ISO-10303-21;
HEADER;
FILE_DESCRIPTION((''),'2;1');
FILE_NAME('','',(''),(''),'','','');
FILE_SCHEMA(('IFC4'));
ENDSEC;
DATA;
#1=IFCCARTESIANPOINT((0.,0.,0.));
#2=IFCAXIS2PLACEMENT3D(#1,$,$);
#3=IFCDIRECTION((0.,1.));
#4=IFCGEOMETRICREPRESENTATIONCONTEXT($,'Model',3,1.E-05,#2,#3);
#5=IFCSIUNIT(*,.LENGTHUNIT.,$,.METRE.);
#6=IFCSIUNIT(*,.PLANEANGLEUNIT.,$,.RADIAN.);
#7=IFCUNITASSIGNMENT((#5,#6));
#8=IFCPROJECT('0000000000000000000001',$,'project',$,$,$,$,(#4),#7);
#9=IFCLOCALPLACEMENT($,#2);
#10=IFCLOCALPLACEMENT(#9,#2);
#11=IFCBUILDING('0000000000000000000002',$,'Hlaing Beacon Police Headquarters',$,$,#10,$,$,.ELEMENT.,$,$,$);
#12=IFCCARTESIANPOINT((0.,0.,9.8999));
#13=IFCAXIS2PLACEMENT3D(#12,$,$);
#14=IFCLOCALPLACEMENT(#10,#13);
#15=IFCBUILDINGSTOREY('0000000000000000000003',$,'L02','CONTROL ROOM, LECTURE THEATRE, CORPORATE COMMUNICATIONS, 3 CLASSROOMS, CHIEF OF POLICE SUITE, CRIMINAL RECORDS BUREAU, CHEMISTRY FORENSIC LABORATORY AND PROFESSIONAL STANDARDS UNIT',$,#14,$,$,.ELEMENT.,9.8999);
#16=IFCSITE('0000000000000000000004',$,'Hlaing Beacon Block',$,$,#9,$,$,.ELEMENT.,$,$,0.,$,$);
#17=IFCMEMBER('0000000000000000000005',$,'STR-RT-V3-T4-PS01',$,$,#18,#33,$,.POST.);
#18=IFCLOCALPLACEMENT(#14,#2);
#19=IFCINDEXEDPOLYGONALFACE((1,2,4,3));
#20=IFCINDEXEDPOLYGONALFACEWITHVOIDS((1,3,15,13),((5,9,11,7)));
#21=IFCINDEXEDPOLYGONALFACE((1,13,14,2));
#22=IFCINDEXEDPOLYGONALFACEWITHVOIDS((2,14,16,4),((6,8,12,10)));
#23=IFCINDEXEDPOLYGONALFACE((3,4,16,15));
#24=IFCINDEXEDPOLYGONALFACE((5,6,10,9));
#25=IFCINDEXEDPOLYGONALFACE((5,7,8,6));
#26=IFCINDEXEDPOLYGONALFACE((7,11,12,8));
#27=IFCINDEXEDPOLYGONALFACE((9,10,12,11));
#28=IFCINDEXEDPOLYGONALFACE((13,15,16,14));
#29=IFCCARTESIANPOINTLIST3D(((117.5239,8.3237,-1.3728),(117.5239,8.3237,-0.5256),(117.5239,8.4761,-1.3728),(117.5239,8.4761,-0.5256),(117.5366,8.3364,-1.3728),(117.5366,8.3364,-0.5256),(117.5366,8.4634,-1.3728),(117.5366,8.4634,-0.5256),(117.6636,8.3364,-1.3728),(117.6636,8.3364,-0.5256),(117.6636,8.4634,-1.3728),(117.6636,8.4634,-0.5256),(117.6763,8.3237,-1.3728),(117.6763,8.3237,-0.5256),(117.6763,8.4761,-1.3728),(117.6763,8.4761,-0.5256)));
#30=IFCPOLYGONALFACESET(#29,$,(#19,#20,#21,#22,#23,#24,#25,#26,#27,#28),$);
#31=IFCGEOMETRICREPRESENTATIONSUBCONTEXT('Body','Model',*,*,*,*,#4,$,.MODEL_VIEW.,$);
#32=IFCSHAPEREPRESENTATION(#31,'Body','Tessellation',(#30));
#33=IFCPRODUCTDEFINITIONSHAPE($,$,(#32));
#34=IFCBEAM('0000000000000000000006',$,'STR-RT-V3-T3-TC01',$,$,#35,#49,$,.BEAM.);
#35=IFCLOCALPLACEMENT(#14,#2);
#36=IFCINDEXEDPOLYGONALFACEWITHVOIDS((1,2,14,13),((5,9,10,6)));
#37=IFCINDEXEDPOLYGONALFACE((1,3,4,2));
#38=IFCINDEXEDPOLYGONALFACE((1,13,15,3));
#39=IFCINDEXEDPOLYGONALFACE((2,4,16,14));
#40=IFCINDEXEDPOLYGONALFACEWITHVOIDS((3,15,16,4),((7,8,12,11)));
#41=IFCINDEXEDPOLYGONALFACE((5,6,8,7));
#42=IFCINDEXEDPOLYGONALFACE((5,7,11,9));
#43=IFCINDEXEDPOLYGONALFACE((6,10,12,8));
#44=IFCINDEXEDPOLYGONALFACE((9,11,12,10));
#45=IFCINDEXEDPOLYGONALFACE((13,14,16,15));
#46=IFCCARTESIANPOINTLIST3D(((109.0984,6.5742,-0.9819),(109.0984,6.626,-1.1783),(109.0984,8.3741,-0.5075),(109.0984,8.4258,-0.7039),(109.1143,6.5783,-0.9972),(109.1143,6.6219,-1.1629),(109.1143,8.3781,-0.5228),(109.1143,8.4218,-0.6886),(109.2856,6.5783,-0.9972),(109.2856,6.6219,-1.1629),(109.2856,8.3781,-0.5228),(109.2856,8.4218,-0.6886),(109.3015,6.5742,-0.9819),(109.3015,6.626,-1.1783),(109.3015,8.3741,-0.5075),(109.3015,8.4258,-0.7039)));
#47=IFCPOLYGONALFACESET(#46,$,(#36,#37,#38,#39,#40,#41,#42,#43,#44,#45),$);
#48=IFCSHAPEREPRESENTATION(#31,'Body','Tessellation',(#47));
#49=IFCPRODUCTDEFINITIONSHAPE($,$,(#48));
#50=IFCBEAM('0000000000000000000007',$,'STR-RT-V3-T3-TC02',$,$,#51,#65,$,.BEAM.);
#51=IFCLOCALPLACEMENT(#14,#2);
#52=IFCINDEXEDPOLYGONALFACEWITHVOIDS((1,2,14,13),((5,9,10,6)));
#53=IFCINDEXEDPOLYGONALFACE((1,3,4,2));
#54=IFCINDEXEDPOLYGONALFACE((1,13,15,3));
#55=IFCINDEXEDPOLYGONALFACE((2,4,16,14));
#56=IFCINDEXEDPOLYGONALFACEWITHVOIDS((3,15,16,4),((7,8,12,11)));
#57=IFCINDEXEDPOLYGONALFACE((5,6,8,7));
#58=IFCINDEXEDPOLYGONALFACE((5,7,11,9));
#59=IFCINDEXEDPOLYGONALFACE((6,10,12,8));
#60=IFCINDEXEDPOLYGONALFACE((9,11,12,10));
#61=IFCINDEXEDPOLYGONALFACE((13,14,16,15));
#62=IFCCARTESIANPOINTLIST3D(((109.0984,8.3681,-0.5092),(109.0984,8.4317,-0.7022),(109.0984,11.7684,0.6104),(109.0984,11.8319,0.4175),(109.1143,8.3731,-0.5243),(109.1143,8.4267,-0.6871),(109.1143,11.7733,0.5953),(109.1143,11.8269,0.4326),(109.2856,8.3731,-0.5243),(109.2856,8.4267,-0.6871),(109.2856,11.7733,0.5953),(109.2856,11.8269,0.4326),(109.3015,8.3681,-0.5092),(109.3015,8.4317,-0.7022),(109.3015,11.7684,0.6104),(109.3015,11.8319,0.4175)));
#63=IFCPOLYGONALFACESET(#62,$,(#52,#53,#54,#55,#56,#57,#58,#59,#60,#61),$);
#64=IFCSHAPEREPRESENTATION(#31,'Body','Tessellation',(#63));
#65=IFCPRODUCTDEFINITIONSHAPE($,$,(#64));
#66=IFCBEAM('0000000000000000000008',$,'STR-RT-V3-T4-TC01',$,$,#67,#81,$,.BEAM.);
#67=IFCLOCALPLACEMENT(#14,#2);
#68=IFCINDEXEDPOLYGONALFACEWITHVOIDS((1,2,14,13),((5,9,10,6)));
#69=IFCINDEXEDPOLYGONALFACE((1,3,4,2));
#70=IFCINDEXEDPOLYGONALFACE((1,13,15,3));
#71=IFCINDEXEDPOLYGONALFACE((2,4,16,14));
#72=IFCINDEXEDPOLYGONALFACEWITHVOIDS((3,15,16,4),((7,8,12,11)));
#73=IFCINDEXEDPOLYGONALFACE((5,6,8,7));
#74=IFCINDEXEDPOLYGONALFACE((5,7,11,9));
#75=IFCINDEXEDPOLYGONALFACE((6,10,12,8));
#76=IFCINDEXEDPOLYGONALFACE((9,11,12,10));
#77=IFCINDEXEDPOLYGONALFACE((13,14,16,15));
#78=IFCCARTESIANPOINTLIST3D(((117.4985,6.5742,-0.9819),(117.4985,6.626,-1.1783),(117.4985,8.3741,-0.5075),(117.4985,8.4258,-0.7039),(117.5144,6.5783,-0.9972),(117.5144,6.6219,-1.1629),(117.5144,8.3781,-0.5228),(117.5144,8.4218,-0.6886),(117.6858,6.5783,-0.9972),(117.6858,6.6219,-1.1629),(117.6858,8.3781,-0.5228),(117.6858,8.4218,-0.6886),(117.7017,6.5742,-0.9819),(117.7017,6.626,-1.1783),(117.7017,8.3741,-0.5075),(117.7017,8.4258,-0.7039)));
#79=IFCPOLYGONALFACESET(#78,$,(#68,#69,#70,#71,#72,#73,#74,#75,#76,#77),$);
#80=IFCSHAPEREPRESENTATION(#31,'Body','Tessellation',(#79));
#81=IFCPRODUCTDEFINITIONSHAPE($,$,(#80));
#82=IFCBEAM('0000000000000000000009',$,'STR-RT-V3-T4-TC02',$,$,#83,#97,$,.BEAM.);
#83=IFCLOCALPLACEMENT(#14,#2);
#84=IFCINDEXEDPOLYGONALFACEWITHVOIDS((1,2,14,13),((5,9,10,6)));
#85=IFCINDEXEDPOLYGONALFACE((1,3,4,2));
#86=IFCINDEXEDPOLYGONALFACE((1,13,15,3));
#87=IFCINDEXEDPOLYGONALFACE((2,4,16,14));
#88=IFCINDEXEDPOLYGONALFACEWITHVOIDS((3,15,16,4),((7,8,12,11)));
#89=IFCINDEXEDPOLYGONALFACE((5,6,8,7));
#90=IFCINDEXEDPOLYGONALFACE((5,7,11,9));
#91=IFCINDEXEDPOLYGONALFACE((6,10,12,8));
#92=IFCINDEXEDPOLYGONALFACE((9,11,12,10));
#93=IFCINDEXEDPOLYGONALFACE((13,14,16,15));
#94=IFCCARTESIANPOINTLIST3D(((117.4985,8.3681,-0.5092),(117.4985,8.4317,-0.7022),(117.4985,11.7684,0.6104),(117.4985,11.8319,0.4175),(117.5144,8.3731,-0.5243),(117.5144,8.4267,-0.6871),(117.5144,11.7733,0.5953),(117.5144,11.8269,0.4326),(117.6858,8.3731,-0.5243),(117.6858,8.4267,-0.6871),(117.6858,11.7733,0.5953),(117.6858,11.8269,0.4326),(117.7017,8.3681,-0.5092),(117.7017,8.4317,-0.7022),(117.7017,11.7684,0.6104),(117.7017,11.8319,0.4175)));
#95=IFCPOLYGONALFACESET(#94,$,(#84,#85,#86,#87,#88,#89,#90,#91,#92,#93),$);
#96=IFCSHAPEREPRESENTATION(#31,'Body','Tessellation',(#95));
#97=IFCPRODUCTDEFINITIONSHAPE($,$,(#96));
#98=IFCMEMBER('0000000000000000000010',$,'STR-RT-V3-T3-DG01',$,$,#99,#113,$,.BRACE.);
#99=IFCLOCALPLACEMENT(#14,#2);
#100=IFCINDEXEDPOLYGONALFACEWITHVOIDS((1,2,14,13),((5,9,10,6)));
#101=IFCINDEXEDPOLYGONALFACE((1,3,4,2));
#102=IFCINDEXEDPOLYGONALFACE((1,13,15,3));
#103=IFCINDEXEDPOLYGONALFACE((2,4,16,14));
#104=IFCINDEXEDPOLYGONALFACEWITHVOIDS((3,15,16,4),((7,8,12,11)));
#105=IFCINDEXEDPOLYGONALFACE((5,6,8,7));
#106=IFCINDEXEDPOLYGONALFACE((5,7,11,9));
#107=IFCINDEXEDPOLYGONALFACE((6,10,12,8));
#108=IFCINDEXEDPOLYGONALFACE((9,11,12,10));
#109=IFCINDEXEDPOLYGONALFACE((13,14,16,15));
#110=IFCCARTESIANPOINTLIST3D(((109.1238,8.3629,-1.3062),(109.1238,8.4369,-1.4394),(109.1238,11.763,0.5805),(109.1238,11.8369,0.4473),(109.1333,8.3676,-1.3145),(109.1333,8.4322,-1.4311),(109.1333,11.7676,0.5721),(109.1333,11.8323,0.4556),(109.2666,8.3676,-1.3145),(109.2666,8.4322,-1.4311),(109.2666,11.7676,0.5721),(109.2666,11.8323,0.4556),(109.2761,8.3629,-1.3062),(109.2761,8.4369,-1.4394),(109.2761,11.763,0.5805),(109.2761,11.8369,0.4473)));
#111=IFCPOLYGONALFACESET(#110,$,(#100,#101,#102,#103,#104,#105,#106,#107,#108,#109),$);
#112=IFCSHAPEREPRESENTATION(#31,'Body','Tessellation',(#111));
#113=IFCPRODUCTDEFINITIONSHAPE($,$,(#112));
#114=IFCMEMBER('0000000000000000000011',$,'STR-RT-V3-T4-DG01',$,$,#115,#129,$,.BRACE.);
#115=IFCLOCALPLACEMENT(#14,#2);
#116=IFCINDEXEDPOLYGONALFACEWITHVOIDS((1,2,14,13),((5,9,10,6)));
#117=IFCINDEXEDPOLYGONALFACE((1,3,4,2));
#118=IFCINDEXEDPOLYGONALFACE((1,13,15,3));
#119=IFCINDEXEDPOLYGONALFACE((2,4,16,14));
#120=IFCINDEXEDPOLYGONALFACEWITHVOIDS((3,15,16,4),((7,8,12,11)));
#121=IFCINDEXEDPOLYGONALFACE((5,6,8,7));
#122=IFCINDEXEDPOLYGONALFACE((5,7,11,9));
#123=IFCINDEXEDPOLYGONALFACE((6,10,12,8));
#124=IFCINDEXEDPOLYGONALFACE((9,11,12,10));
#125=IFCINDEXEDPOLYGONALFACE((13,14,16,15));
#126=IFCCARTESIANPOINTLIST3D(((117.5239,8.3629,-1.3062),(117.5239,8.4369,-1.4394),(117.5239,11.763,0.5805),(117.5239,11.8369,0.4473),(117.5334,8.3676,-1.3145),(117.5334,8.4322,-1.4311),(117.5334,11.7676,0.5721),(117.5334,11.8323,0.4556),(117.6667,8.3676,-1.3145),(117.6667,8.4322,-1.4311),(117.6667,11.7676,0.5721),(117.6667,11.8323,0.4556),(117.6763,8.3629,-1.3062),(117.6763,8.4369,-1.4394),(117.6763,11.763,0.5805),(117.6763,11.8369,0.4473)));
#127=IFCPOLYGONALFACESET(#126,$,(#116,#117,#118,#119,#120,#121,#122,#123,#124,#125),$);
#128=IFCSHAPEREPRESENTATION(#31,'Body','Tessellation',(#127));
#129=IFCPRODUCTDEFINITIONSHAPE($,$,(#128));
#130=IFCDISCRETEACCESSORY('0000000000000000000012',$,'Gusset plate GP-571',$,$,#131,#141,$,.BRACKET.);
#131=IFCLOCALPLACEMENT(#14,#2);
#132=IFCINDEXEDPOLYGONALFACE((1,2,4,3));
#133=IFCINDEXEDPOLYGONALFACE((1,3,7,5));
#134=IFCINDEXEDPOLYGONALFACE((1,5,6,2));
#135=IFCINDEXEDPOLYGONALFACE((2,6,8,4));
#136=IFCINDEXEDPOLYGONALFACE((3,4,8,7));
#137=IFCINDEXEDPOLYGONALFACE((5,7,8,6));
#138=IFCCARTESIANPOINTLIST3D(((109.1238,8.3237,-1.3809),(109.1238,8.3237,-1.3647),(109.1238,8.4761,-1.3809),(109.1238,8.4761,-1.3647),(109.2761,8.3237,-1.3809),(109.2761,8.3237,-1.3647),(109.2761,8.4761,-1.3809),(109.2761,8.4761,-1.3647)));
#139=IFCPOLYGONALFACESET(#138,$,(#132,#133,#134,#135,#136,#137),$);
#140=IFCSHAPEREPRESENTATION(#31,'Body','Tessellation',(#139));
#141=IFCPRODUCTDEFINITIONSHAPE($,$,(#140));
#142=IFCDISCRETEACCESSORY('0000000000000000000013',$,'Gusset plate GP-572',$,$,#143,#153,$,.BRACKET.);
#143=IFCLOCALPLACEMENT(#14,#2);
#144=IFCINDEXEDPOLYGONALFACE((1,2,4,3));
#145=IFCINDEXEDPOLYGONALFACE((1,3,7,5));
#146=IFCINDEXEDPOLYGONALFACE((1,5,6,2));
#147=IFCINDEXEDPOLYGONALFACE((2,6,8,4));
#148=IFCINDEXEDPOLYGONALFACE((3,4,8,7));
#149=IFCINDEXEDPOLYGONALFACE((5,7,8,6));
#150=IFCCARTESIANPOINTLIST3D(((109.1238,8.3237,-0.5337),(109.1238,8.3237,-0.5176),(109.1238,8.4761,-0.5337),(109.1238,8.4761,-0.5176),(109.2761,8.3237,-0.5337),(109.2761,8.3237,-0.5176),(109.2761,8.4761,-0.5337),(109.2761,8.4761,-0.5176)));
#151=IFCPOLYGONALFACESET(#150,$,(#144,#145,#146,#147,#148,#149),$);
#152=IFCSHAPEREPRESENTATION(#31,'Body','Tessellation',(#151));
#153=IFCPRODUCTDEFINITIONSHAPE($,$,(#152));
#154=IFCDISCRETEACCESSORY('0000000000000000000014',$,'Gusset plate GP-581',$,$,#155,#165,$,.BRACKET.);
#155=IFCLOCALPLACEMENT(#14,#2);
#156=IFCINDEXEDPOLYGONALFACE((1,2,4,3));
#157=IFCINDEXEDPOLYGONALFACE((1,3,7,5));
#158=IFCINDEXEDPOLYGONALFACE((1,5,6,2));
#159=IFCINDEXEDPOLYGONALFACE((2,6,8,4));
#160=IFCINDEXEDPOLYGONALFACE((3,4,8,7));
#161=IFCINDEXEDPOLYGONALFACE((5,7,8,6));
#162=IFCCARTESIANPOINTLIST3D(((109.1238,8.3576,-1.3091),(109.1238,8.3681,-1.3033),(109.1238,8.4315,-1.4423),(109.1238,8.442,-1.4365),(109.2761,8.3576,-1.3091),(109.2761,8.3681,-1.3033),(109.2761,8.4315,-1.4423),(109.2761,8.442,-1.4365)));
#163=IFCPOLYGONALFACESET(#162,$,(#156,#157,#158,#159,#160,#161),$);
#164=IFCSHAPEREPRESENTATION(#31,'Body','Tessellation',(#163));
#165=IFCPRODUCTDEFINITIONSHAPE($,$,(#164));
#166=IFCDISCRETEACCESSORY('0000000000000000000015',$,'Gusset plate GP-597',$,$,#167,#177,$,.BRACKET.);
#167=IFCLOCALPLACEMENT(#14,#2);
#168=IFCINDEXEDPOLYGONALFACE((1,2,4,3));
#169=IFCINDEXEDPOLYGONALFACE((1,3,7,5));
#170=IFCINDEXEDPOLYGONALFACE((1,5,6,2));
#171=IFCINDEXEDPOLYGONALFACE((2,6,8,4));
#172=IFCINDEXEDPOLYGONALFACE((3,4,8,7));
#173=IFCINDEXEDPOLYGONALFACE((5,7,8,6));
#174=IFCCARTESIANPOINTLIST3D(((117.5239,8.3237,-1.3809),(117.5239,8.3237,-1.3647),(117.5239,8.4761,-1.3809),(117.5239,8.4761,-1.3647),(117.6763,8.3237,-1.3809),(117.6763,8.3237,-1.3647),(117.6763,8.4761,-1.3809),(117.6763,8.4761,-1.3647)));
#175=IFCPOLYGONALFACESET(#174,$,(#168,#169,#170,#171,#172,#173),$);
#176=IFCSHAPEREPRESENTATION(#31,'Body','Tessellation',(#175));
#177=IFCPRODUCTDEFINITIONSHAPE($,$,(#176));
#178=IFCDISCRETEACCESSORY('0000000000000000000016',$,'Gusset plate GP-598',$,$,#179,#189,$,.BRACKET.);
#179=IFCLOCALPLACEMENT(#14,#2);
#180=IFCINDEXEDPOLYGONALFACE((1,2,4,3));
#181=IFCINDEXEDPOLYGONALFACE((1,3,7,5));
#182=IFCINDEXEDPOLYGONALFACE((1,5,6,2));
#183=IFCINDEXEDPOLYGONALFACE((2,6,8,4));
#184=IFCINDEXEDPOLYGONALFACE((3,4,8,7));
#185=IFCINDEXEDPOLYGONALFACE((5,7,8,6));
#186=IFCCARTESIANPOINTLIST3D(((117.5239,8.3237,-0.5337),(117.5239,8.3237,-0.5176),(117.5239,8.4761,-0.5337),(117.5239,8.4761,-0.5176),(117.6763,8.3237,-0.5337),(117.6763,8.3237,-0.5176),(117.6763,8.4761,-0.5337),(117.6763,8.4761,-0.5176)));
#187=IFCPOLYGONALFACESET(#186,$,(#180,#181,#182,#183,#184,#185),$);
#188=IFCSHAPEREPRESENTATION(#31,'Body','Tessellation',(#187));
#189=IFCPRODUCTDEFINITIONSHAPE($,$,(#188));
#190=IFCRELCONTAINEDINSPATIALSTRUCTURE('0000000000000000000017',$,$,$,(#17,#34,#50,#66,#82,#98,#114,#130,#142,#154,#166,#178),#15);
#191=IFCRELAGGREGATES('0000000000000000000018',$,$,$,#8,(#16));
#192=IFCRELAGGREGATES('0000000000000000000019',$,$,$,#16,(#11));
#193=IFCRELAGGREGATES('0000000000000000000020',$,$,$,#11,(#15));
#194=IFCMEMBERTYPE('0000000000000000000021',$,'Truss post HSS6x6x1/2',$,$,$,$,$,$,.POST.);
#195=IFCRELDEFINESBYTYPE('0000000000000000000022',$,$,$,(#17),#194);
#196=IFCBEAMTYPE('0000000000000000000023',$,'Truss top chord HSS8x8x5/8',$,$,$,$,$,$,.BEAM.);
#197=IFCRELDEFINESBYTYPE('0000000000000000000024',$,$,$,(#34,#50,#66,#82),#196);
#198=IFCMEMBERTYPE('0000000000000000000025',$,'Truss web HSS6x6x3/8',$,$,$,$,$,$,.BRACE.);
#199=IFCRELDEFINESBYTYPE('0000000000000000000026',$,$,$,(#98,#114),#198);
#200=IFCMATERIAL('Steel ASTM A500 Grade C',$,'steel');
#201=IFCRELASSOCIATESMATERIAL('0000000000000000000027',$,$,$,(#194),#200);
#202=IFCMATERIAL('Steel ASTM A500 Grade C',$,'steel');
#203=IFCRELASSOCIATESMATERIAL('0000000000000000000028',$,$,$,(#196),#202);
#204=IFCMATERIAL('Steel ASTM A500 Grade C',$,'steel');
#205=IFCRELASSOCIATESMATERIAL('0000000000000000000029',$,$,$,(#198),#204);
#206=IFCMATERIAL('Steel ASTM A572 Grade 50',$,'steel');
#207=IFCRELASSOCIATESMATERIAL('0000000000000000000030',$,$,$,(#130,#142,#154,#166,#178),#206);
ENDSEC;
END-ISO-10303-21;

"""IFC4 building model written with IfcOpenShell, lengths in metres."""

from ifc_helpers import new_model, si_unit, direction, frame, origin, origin_2d, place, context, subcontext, project, spatial, rectangle, hollow_rectangle, extrude, material, material_profile, profile_set, type_object, element, save


model = new_model("IFC4")

# Units and contexts
model_context = context("Model", 3, precision=1e-05, world=origin(), true_north=direction((0.0, 1.0)))
body_context = subcontext(model_context, "Body", "Model", "MODEL_VIEW")
ifc_project = project(units=[si_unit("LENGTHUNIT", "METRE"), si_unit("PLANEANGLEUNIT", "RADIAN")], contexts=[model_context])

# Site, building, storey
site_placement = place(None, origin())
site = spatial("IfcSite", under=ifc_project, at=site_placement, Name="Hlaing Beacon Block", CompositionType="ELEMENT", RefElevation=0.0)
building_placement = place(site_placement, origin())
building = spatial("IfcBuilding", under=site, at=building_placement, Name="Hlaing Beacon Police Headquarters", CompositionType="ELEMENT")
storey_placement = place(building_placement, frame((0.0, 0.0, 9.8999)))
storey = spatial("IfcBuildingStorey", under=building, at=storey_placement, Name="L02", Description="CONTROL ROOM, LECTURE THEATRE, CORPORATE COMMUNICATIONS, 3 CLASSROOMS, CHIEF OF POLICE SUITE, CRIMINAL RECORDS BUREAU, CHEMISTRY FORENSIC LABORATORY AND PROFESSIONAL STANDARDS UNIT", CompositionType="ELEMENT", Elevation=9.8999)

# Member
ifc_material_1 = material(Name="Steel ASTM A500 Grade C", Category="steel")
ifc_material_profile_1 = material_profile(ifc_material_1, hollow_rectangle(XDim=0.1523, YDim=0.1523, WallThickness=0.0127, at=origin_2d()), Name="HSS6x6x1/2")
ifc_profile_set_1 = profile_set([ifc_material_profile_1], Name="Steel ASTM A500 Grade C")
member_type_1 = type_object("IfcMemberType", Name="Truss post HSS6x6x1/2", PredefinedType="POST", material=ifc_profile_set_1)
for number, where, z_axis, x_axis, name in (
    (1, (117.6001, 8.3999, -1.3728), (0.0, 0.0, 1.0), (1.0, 0.0, 0.0), "STR-RT-V3-T4-PS01"),
):
    element("IfcMember", number, at=place(storey_placement, frame(where, z_axis=z_axis, x_axis=x_axis)), inside=storey, type_object=member_type_1, Name=name, PredefinedType="POST", context=body_context, shape_type="SweptSolid", body=[
        extrude(hollow_rectangle(XDim=0.1523, YDim=0.1523, WallThickness=0.0127, at=origin_2d()), origin(), (0.0, 0.0, 1.0), 0.8472),
    ])

# Beams
ifc_material_2 = material(Name="Steel ASTM A500 Grade C", Category="steel")
ifc_material_profile_2 = material_profile(ifc_material_2, hollow_rectangle(XDim=0.2031, YDim=0.2031, WallThickness=0.0159, at=origin_2d()), Name="HSS8x8x5/8")
ifc_profile_set_2 = profile_set([ifc_material_profile_2], Name="Steel ASTM A500 Grade C")
beam_type_1 = type_object("IfcBeamType", Name="Truss top chord HSS8x8x5/8", PredefinedType="BEAM", material=ifc_profile_set_2)
beam_1_placement = place(storey_placement, frame((109.2, 6.6001, -1.0801), z_axis=(0.0, 0.966978, 0.254861), x_axis=(-1.0, 0.0, 0.0)))
element("IfcBeam", 2, at=beam_1_placement, inside=storey, type_object=beam_type_1, Name="STR-RT-V3-T3-TC01", PredefinedType="BEAM", context=body_context, shape_type="SweptSolid", body=[
    extrude(hollow_rectangle(XDim=0.2031, YDim=0.2031, WallThickness=0.0159, at=origin_2d()), origin(), (0.0, 0.0, 1.0), 1.8613),
])
beam_2_placement = place(storey_placement, frame((109.2, 8.3999, -0.6057), z_axis=(0.0, 0.94983, 0.312768), x_axis=(-1.0, 0.0, 0.0)))
element("IfcBeam", 3, at=beam_2_placement, inside=storey, type_object=beam_type_1, Name="STR-RT-V3-T3-TC02", PredefinedType="BEAM", context=body_context, shape_type="SweptSolid", body=[
    extrude(hollow_rectangle(XDim=0.2031, YDim=0.2031, WallThickness=0.0159, at=origin_2d()), origin(), (0.0, 0.0, 1.0), 3.5798),
])
beam_3_placement = place(storey_placement, frame((117.6001, 6.6001, -1.0801), z_axis=(0.0, 0.966978, 0.254861), x_axis=(-1.0, 0.0, 0.0)))
element("IfcBeam", 4, at=beam_3_placement, inside=storey, type_object=beam_type_1, Name="STR-RT-V3-T4-TC01", PredefinedType="BEAM", context=body_context, shape_type="SweptSolid", body=[
    extrude(hollow_rectangle(XDim=0.2031, YDim=0.2031, WallThickness=0.0159, at=origin_2d()), origin(), (0.0, 0.0, 1.0), 1.8613),
])
beam_4_placement = place(storey_placement, frame((117.6001, 8.3999, -0.6057), z_axis=(0.0, 0.94983, 0.312768), x_axis=(-1.0, 0.0, 0.0)))
element("IfcBeam", 5, at=beam_4_placement, inside=storey, type_object=beam_type_1, Name="STR-RT-V3-T4-TC02", PredefinedType="BEAM", context=body_context, shape_type="SweptSolid", body=[
    extrude(hollow_rectangle(XDim=0.2031, YDim=0.2031, WallThickness=0.0159, at=origin_2d()), origin(), (0.0, 0.0, 1.0), 3.5798),
])

# Members
ifc_material_3 = material(Name="Steel ASTM A500 Grade C", Category="steel")
ifc_material_profile_3 = material_profile(ifc_material_3, hollow_rectangle(XDim=0.1523, YDim=0.1523, WallThickness=0.0095, at=origin_2d()), Name="HSS6x6x3/8")
ifc_profile_set_3 = profile_set([ifc_material_profile_3], Name="Steel ASTM A500 Grade C")
member_type_2 = type_object("IfcMemberType", Name="Truss web HSS6x6x3/8", PredefinedType="BRACE", material=ifc_profile_set_3)
for number, where, z_axis, x_axis, name in (
    (6, (109.2, 8.3999, -1.3728), (0.0, 0.874403, 0.4852), (-1.0, 0.0, 0.0), "STR-RT-V3-T3-DG01"),
    (7, (117.6001, 8.3999, -1.3728), (0.0, 0.874403, 0.4852), (-1.0, 0.0, 0.0), "STR-RT-V3-T4-DG01"),
):
    element("IfcMember", number, at=place(storey_placement, frame(where, z_axis=z_axis, x_axis=x_axis)), inside=storey, type_object=member_type_2, Name=name, PredefinedType="BRACE", context=body_context, shape_type="SweptSolid", body=[
        extrude(hollow_rectangle(XDim=0.1523, YDim=0.1523, WallThickness=0.0095, at=origin_2d()), origin(), (0.0, 0.0, 1.0), 3.8884),
    ])

# Discrete accessories
ifc_material_4 = material(Name="Steel ASTM A572 Grade 50", Category="steel")
for number, where, z_axis, x_axis, name in (
    (8, (109.2, 8.3999, -1.3647), (0.0, 0.0, -1.0), (1.0, 0.0, 0.0), "Gusset plate GP-571"),
    (9, (109.2, 8.3999, -0.5337), (0.0, 0.0, 1.0), (1.0, 0.0, 0.0), "Gusset plate GP-572"),
):
    element("IfcDiscreteAccessory", number, at=place(storey_placement, frame(where, z_axis=z_axis, x_axis=x_axis)), inside=storey, material=ifc_material_4, Name=name, PredefinedType="BRACKET", context=body_context, shape_type="SweptSolid", body=[
        extrude(rectangle(XDim=0.1523, YDim=0.1523, at=origin_2d()), origin(), (0.0, 0.0, 1.0), 0.0161),
    ])
discrete_accessory_1_placement = place(storey_placement, frame((109.2, 8.405, -1.3699), z_axis=(0.0, -0.874403, -0.4852), x_axis=(1.0, 0.0, 0.0)))
element("IfcDiscreteAccessory", 10, at=discrete_accessory_1_placement, inside=storey, material=ifc_material_4, Name="Gusset plate GP-581", PredefinedType="BRACKET", context=body_context, shape_type="SweptSolid", body=[
    extrude(rectangle(XDim=0.1523, YDim=0.1523, at=origin_2d()), origin(), (0.0, 0.0, 1.0), 0.012),
])
for number, where, z_axis, x_axis, name in (
    (11, (117.6001, 8.3999, -1.3647), (0.0, 0.0, -1.0), (1.0, 0.0, 0.0), "Gusset plate GP-597"),
    (12, (117.6001, 8.3999, -0.5337), (0.0, 0.0, 1.0), (1.0, 0.0, 0.0), "Gusset plate GP-598"),
):
    element("IfcDiscreteAccessory", number, at=place(storey_placement, frame(where, z_axis=z_axis, x_axis=x_axis)), inside=storey, material=ifc_material_4, Name=name, PredefinedType="BRACKET", context=body_context, shape_type="SweptSolid", body=[
        extrude(rectangle(XDim=0.1523, YDim=0.1523, at=origin_2d()), origin(), (0.0, 0.0, 1.0), 0.0161),
    ])

save(model, "model.ifc")
